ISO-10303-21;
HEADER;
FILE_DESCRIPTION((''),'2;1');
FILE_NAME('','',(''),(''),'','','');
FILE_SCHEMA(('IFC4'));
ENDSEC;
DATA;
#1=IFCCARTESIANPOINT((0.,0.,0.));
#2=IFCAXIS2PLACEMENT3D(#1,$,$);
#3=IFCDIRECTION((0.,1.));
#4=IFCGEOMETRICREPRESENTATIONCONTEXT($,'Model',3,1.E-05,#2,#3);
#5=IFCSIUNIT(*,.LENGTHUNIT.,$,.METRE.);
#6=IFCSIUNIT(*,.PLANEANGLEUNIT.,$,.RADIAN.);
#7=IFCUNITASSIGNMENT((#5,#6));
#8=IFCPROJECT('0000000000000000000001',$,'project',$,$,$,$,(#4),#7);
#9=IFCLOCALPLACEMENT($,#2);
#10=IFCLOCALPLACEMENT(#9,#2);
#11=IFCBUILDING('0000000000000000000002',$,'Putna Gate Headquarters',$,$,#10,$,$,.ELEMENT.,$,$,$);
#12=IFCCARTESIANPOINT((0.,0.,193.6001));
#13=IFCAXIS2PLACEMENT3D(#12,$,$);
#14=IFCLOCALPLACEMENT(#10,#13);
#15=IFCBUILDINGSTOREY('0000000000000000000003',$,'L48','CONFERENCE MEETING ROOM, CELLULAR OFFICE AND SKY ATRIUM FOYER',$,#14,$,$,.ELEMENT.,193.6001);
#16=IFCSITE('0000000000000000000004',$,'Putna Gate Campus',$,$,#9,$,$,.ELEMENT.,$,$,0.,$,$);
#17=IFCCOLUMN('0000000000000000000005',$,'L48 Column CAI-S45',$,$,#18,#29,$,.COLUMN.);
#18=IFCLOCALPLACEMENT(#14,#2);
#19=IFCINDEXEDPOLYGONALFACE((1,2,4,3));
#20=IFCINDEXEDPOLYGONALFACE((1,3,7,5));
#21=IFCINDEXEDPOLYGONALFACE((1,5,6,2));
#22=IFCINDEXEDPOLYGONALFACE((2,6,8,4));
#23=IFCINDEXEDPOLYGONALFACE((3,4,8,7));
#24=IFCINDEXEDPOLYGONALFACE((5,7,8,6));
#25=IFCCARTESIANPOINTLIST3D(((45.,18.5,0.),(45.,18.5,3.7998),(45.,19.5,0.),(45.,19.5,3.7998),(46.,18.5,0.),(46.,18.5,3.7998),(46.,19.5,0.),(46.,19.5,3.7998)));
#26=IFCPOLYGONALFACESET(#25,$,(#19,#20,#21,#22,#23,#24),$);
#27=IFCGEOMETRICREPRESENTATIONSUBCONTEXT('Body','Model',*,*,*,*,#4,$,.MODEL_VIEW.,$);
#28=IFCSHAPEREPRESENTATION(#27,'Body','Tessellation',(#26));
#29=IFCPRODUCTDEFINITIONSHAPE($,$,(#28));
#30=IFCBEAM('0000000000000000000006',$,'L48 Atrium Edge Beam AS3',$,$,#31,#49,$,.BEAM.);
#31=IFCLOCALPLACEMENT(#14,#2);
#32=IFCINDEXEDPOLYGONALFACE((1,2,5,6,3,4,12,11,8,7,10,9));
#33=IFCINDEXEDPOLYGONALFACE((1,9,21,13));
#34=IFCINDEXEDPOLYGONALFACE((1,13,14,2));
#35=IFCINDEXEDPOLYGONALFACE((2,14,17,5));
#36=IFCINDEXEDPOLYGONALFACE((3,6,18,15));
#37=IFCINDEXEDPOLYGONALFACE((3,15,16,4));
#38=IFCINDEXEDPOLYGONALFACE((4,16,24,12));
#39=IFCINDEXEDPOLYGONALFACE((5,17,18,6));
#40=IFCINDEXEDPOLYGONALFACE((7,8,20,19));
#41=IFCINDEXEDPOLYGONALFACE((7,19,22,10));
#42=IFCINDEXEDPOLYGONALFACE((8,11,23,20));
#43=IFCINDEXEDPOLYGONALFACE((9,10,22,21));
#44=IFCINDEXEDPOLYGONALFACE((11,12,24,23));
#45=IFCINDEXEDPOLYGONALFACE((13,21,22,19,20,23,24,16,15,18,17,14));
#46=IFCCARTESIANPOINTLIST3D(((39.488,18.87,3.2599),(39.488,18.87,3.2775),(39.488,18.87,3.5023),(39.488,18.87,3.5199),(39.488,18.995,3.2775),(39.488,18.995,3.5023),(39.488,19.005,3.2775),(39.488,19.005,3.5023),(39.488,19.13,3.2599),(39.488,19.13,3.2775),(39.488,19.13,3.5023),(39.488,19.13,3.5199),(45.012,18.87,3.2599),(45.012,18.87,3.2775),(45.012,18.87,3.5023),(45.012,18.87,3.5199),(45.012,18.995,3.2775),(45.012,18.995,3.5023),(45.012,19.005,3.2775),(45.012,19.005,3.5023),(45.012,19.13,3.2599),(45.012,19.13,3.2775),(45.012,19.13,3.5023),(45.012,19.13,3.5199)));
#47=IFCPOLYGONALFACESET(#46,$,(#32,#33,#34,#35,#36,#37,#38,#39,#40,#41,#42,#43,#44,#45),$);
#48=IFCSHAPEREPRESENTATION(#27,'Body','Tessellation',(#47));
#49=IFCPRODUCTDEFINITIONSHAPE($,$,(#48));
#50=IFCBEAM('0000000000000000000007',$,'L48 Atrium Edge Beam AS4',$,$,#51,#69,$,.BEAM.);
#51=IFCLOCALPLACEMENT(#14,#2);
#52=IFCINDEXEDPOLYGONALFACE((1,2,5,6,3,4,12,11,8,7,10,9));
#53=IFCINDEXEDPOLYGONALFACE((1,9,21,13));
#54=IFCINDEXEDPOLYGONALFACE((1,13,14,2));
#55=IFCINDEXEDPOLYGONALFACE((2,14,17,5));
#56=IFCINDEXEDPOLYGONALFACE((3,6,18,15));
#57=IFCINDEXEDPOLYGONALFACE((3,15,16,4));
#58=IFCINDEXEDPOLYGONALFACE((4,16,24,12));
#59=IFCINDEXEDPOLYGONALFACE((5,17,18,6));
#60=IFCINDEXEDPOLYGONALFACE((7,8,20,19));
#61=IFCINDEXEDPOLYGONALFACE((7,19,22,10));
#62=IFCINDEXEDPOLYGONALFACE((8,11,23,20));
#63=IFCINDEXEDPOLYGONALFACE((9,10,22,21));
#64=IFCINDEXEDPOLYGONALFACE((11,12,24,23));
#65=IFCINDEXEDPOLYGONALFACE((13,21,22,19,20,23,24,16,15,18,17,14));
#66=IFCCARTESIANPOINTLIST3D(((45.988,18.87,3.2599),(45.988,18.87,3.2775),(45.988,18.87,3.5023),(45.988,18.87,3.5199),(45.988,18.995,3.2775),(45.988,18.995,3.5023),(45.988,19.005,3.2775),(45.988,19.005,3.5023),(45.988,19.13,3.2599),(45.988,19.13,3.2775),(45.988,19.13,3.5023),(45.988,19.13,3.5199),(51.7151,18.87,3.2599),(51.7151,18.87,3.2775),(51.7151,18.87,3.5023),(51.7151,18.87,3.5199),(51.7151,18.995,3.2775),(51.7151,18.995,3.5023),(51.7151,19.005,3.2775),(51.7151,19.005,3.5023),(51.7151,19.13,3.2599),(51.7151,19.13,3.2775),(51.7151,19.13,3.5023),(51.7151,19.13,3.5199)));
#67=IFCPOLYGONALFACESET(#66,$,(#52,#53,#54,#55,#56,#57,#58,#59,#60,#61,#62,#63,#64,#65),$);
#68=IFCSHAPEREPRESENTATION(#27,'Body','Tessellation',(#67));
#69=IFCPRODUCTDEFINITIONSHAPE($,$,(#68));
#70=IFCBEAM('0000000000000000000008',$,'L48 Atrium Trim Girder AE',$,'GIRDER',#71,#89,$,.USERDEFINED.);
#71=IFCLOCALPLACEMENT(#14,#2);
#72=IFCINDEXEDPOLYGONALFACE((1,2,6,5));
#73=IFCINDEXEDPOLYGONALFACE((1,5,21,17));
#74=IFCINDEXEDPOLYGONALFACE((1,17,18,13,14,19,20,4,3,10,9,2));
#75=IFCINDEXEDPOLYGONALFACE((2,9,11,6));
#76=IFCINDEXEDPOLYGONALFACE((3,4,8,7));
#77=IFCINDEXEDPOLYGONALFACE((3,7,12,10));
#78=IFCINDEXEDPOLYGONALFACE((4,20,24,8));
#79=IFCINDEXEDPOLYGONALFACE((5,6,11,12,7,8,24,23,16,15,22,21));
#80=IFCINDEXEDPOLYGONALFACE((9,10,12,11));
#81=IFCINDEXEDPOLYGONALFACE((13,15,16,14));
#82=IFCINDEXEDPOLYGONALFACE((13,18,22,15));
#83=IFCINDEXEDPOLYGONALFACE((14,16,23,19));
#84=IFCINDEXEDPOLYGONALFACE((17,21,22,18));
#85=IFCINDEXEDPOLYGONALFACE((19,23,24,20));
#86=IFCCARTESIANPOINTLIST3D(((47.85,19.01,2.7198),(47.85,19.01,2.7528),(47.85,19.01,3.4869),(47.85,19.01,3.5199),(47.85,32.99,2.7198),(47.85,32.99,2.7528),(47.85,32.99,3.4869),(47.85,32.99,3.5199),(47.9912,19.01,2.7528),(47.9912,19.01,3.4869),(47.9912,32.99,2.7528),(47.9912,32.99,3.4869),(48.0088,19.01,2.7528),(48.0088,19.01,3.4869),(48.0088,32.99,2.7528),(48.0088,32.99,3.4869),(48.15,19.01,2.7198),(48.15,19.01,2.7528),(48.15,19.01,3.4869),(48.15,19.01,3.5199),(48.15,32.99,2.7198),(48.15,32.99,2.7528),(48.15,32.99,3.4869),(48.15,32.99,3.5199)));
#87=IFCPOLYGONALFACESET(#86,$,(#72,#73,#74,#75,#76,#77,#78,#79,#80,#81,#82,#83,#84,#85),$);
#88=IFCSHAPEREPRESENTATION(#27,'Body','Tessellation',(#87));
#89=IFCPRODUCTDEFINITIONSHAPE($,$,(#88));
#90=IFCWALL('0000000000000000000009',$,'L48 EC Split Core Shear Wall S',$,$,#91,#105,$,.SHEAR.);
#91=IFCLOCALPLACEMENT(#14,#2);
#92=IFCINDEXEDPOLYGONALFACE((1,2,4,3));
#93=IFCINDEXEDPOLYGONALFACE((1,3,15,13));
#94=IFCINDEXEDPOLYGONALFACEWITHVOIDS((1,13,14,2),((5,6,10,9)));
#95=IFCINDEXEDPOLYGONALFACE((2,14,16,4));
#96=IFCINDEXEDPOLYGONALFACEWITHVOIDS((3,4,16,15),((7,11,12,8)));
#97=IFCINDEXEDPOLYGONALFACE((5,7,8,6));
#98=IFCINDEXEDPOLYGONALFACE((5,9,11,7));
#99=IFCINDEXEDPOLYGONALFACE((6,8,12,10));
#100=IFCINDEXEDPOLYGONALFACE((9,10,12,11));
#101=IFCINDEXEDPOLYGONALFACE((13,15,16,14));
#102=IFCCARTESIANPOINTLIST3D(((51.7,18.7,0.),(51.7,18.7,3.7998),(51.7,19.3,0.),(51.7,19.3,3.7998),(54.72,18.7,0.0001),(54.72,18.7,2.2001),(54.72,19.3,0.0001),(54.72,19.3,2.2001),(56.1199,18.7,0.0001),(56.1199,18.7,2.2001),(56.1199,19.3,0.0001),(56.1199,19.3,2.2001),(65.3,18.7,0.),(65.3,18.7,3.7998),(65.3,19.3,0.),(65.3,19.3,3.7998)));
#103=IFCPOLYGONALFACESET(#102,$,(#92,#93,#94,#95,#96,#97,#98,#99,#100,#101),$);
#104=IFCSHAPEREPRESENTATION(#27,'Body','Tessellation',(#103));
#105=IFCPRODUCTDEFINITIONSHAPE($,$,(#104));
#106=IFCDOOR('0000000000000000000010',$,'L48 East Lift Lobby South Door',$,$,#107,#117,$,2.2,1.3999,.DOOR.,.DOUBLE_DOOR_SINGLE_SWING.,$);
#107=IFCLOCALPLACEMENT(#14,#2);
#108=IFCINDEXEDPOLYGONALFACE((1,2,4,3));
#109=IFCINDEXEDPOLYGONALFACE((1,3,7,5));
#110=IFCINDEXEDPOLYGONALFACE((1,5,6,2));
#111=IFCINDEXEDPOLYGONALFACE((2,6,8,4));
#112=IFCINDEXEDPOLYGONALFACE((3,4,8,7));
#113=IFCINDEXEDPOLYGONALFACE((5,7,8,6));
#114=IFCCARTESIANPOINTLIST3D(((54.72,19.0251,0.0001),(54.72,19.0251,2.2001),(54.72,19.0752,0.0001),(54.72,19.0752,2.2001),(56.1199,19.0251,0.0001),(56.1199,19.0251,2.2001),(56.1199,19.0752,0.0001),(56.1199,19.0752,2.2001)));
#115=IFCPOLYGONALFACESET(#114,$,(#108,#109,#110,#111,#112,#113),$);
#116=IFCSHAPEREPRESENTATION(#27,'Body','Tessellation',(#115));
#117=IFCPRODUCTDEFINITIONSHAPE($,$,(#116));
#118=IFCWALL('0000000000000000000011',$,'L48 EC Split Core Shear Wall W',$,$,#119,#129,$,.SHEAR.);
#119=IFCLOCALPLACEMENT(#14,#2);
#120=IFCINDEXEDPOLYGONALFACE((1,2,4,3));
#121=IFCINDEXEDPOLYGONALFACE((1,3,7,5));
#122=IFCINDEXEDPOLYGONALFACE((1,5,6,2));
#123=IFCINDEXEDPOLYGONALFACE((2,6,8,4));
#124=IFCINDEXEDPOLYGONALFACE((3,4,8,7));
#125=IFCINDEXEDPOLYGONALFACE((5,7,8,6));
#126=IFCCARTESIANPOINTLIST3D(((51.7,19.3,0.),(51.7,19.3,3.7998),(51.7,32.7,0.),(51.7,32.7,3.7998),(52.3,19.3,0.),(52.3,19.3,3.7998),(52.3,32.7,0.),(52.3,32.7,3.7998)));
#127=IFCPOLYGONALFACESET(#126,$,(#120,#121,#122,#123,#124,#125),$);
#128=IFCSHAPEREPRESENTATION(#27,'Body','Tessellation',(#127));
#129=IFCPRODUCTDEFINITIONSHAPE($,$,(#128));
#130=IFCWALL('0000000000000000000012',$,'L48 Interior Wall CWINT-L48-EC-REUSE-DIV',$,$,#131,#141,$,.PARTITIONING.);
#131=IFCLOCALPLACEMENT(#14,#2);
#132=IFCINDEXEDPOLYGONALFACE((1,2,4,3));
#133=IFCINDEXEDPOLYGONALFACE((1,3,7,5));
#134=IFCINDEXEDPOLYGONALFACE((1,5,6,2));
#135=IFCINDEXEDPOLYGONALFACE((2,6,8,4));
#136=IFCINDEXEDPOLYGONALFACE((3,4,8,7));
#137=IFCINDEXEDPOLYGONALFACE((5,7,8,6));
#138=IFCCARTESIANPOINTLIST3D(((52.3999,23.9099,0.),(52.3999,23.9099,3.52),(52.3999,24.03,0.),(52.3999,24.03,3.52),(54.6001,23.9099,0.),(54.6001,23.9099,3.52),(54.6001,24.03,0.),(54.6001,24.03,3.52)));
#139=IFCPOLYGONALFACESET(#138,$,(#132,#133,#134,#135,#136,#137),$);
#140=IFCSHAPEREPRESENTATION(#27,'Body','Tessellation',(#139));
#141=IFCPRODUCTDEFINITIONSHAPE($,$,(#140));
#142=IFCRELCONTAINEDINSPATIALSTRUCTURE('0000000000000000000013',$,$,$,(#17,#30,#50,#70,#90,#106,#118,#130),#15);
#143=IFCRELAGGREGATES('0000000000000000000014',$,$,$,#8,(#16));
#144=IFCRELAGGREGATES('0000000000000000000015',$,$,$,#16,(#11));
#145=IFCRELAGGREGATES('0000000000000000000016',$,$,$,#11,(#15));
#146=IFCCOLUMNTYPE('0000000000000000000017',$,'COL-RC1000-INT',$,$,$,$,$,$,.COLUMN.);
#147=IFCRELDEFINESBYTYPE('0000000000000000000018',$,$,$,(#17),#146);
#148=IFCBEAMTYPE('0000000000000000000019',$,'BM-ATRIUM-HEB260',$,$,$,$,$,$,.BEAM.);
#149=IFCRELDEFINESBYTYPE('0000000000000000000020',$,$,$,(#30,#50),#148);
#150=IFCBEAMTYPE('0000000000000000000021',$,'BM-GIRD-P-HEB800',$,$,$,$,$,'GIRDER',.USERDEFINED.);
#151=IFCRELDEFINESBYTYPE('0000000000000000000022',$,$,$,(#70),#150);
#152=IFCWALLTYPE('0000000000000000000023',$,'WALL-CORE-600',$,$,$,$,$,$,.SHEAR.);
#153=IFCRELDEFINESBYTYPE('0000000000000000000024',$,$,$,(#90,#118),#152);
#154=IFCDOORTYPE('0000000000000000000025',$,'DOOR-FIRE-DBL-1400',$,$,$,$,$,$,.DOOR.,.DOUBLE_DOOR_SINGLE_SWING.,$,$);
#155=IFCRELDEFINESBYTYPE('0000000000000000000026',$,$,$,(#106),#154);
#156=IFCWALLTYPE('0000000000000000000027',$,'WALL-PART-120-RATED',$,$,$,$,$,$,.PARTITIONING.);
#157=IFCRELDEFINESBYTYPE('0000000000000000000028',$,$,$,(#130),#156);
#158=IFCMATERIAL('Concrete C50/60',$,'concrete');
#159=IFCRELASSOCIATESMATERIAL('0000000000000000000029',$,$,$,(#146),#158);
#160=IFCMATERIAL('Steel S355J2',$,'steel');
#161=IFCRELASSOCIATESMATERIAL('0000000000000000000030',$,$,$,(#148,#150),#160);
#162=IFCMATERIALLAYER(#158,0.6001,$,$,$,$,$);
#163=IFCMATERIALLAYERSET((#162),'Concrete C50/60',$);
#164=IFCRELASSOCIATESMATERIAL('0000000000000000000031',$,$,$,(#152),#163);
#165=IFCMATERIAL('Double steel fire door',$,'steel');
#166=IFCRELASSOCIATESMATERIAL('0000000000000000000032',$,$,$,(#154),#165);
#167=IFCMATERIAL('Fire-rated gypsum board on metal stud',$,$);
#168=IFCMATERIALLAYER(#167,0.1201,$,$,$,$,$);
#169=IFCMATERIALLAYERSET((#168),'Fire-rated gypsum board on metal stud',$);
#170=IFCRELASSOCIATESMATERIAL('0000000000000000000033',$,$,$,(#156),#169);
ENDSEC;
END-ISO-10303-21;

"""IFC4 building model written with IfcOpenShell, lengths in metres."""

from ifc_helpers import new_model, si_unit, direction, frame, frame_2d, origin, origin_2d, place, context, subcontext, project, spatial, rectangle, i_section, extrude, material, layer, layer_set, material_profile, profile_set, type_object, element, fill, save


model = new_model("IFC4")

# Units and contexts
model_context = context("Model", 3, precision=1e-05, world=origin(), true_north=direction((0.0, 1.0)))
body_context = subcontext(model_context, "Body", "Model", "MODEL_VIEW")
ifc_project = project(units=[si_unit("LENGTHUNIT", "METRE"), si_unit("PLANEANGLEUNIT", "RADIAN")], contexts=[model_context])

# Site, building, storey
site_placement = place(None, origin())
site = spatial("IfcSite", under=ifc_project, at=site_placement, Name="Putna Gate Campus", CompositionType="ELEMENT", RefElevation=0.0)
building_placement = place(site_placement, origin())
building = spatial("IfcBuilding", under=site, at=building_placement, Name="Putna Gate Headquarters", CompositionType="ELEMENT")
storey_placement = place(building_placement, frame((0.0, 0.0, 193.6001)))
storey = spatial("IfcBuildingStorey", under=building, at=storey_placement, Name="L48", Description="CONFERENCE MEETING ROOM, CELLULAR OFFICE AND SKY ATRIUM FOYER", CompositionType="ELEMENT", Elevation=193.6001)

# Column
ifc_material_1 = material(Name="Concrete C50/60", Category="concrete")
ifc_material_profile_1 = material_profile(ifc_material_1, rectangle(XDim=1.0, YDim=1.0, at=origin_2d()), Name="Concrete C50/60")
ifc_profile_set_1 = profile_set([ifc_material_profile_1], Name="Concrete C50/60")
column_type = type_object("IfcColumnType", Name="COL-RC1000-INT", PredefinedType="COLUMN", material=ifc_profile_set_1)
column_placement = place(storey_placement, frame((45.5, 19.0, 0.0), z_axis=(0.0, 0.0, 1.0), x_axis=(1.0, 0.0, 0.0)))
element("IfcColumn", 1, at=column_placement, inside=storey, type_object=column_type, Name="L48 Column CAI-S45", PredefinedType="COLUMN", context=body_context, shape_type="SweptSolid", body=[
    extrude(rectangle(XDim=1.0, YDim=1.0, at=origin_2d()), origin(), (0.0, 0.0, 1.0), 3.7998),
])

# Beams
ifc_material_2 = material(Name="Steel S355J2", Category="steel")
ifc_material_profile_2 = material_profile(ifc_material_2, i_section(OverallWidth=0.26, OverallDepth=0.26, WebThickness=0.01, FlangeThickness=0.0176, at=origin_2d()), Name="Steel S355J2")
ifc_profile_set_2 = profile_set([ifc_material_profile_2], Name="Steel S355J2")
beam_type_1 = type_object("IfcBeamType", Name="BM-ATRIUM-HEB260", PredefinedType="BEAM", material=ifc_profile_set_2)
beam_1_placement = place(storey_placement, frame((39.488, 19.0, 3.3899), z_axis=(1.0, 0.0, 0.0), x_axis=(0.0, 1.0, 0.0)))
element("IfcBeam", 2, at=beam_1_placement, inside=storey, type_object=beam_type_1, Name="L48 Atrium Edge Beam AS3", PredefinedType="BEAM", context=body_context, shape_type="SweptSolid", body=[
    extrude(i_section(OverallWidth=0.26, OverallDepth=0.26, WebThickness=0.01, FlangeThickness=0.0176, at=origin_2d()), origin(), (0.0, 0.0, 1.0), 5.5239),
])
beam_2_placement = place(storey_placement, frame((45.988, 19.0, 3.3899), z_axis=(1.0, 0.0, 0.0), x_axis=(0.0, 1.0, 0.0)))
element("IfcBeam", 3, at=beam_2_placement, inside=storey, type_object=beam_type_1, Name="L48 Atrium Edge Beam AS4", PredefinedType="BEAM", context=body_context, shape_type="SweptSolid", body=[
    extrude(i_section(OverallWidth=0.26, OverallDepth=0.26, WebThickness=0.01, FlangeThickness=0.0176, at=origin_2d()), origin(), (0.0, 0.0, 1.0), 5.7271),
])
ifc_material_profile_3 = material_profile(ifc_material_2, i_section(OverallWidth=0.3, OverallDepth=0.8, WebThickness=0.0176, FlangeThickness=0.033, at=origin_2d()), Name="Steel S355J2")
ifc_profile_set_3 = profile_set([ifc_material_profile_3], Name="Steel S355J2")
beam_type_2 = type_object("IfcBeamType", Name="BM-GIRD-P-HEB800", ElementType="GIRDER", PredefinedType="USERDEFINED", material=ifc_profile_set_3)
beam_3_placement = place(storey_placement, frame((48.0, 19.01, 3.1199), z_axis=(0.0, 1.0, 0.0), x_axis=(-1.0, 0.0, 0.0)))
element("IfcBeam", 4, at=beam_3_placement, inside=storey, type_object=beam_type_2, Name="L48 Atrium Trim Girder AE", ObjectType="GIRDER", PredefinedType="USERDEFINED", context=body_context, shape_type="SweptSolid", body=[
    extrude(i_section(OverallWidth=0.3, OverallDepth=0.8, WebThickness=0.0176, FlangeThickness=0.033, at=origin_2d()), origin(), (0.0, 0.0, 1.0), 13.98),
])

# Wall, opening, door
ifc_layer_1 = layer(ifc_material_1, 0.6001)
ifc_layer_set_1 = layer_set([ifc_layer_1], Name="Concrete C50/60")
wall_type_1 = type_object("IfcWallType", Name="WALL-CORE-600", PredefinedType="SHEAR", material=ifc_layer_set_1)
wall_1_placement = place(storey_placement, frame((51.7, 19.0, 0.0), z_axis=(0.0, 0.0, 1.0), x_axis=(1.0, 0.0, 0.0)))
wall_1 = element("IfcWall", 5, at=wall_1_placement, inside=storey, type_object=wall_type_1, Name="L48 EC Split Core Shear Wall S", PredefinedType="SHEAR", context=body_context, shape_type="SweptSolid", body=[
    extrude(rectangle(XDim=13.6001, YDim=0.6001, at=frame_2d((6.8, 0.0))), origin(), (0.0, 0.0, 1.0), 3.7998),
])
opening_1_placement = place(wall_1_placement, frame((3.02, 0.0, 0.0)))
opening_1 = element("IfcOpeningElement", 6, at=opening_1_placement, cuts=wall_1, PredefinedType="OPENING", context=body_context, shape_type="SweptSolid", body=[
    extrude(rectangle(XDim=1.3999, YDim=2.2, at=frame_2d((0.7, 1.1001))), frame((0.0, 0.3101, 0.0), z_axis=(0.0, -1.0, 0.0), x_axis=(1.0, 0.0, 0.0)), (0.0, 0.0, 1.0), 0.6201),
])
ifc_material_3 = material(Name="Double steel fire door", Category="steel")
door_type_1 = type_object("IfcDoorType", Name="DOOR-FIRE-DBL-1400", OperationType="DOUBLE_DOOR_SINGLE_SWING", PredefinedType="DOOR", material=ifc_material_3)
door_1_placement = place(opening_1_placement, origin())
door_1 = element("IfcDoor", 7, at=door_1_placement, inside=storey, type_object=door_type_1, Name="L48 East Lift Lobby South Door", OperationType="DOUBLE_DOOR_SINGLE_SWING", OverallHeight=2.2, OverallWidth=1.3999, PredefinedType="DOOR", context=body_context, shape_type="SweptSolid", body=[
    extrude(rectangle(XDim=1.3999, YDim=2.2, at=frame_2d((0.7, 1.1001))), frame((0.0, 0.0752, 0.0), z_axis=(0.0, -1.0, 0.0), x_axis=(1.0, 0.0, 0.0)), (0.0, 0.0, 1.0), 0.05),
])
fill(opening_1, door_1)

# Walls
wall_2_placement = place(storey_placement, frame((52.0, 19.3, 0.0), z_axis=(0.0, 0.0, 1.0), x_axis=(0.0, 1.0, 0.0)))
element("IfcWall", 8, at=wall_2_placement, inside=storey, type_object=wall_type_1, Name="L48 EC Split Core Shear Wall W", PredefinedType="SHEAR", context=body_context, shape_type="SweptSolid", body=[
    extrude(rectangle(XDim=13.3999, YDim=0.6001, at=frame_2d((6.7, 0.0))), origin(), (0.0, 0.0, 1.0), 3.7998),
])
ifc_material_4 = material(Name="Fire-rated gypsum board on metal stud")
ifc_layer_2 = layer(ifc_material_4, 0.1201)
ifc_layer_set_2 = layer_set([ifc_layer_2], Name="Fire-rated gypsum board on metal stud")
wall_type_2 = type_object("IfcWallType", Name="WALL-PART-120-RATED", PredefinedType="PARTITIONING", material=ifc_layer_set_2)
wall_3_placement = place(storey_placement, frame((52.3999, 23.97, 0.0), z_axis=(0.0, 0.0, 1.0), x_axis=(1.0, 0.0, 0.0)))
element("IfcWall", 9, at=wall_3_placement, inside=storey, type_object=wall_type_2, Name="L48 Interior Wall CWINT-L48-EC-REUSE-DIV", PredefinedType="PARTITIONING", context=body_context, shape_type="SweptSolid", body=[
    extrude(rectangle(XDim=2.2002, YDim=0.1201, at=frame_2d((1.1001, 0.0))), origin(), (0.0, 0.0, 1.0), 3.52),
])

save(model, "model.ifc")
